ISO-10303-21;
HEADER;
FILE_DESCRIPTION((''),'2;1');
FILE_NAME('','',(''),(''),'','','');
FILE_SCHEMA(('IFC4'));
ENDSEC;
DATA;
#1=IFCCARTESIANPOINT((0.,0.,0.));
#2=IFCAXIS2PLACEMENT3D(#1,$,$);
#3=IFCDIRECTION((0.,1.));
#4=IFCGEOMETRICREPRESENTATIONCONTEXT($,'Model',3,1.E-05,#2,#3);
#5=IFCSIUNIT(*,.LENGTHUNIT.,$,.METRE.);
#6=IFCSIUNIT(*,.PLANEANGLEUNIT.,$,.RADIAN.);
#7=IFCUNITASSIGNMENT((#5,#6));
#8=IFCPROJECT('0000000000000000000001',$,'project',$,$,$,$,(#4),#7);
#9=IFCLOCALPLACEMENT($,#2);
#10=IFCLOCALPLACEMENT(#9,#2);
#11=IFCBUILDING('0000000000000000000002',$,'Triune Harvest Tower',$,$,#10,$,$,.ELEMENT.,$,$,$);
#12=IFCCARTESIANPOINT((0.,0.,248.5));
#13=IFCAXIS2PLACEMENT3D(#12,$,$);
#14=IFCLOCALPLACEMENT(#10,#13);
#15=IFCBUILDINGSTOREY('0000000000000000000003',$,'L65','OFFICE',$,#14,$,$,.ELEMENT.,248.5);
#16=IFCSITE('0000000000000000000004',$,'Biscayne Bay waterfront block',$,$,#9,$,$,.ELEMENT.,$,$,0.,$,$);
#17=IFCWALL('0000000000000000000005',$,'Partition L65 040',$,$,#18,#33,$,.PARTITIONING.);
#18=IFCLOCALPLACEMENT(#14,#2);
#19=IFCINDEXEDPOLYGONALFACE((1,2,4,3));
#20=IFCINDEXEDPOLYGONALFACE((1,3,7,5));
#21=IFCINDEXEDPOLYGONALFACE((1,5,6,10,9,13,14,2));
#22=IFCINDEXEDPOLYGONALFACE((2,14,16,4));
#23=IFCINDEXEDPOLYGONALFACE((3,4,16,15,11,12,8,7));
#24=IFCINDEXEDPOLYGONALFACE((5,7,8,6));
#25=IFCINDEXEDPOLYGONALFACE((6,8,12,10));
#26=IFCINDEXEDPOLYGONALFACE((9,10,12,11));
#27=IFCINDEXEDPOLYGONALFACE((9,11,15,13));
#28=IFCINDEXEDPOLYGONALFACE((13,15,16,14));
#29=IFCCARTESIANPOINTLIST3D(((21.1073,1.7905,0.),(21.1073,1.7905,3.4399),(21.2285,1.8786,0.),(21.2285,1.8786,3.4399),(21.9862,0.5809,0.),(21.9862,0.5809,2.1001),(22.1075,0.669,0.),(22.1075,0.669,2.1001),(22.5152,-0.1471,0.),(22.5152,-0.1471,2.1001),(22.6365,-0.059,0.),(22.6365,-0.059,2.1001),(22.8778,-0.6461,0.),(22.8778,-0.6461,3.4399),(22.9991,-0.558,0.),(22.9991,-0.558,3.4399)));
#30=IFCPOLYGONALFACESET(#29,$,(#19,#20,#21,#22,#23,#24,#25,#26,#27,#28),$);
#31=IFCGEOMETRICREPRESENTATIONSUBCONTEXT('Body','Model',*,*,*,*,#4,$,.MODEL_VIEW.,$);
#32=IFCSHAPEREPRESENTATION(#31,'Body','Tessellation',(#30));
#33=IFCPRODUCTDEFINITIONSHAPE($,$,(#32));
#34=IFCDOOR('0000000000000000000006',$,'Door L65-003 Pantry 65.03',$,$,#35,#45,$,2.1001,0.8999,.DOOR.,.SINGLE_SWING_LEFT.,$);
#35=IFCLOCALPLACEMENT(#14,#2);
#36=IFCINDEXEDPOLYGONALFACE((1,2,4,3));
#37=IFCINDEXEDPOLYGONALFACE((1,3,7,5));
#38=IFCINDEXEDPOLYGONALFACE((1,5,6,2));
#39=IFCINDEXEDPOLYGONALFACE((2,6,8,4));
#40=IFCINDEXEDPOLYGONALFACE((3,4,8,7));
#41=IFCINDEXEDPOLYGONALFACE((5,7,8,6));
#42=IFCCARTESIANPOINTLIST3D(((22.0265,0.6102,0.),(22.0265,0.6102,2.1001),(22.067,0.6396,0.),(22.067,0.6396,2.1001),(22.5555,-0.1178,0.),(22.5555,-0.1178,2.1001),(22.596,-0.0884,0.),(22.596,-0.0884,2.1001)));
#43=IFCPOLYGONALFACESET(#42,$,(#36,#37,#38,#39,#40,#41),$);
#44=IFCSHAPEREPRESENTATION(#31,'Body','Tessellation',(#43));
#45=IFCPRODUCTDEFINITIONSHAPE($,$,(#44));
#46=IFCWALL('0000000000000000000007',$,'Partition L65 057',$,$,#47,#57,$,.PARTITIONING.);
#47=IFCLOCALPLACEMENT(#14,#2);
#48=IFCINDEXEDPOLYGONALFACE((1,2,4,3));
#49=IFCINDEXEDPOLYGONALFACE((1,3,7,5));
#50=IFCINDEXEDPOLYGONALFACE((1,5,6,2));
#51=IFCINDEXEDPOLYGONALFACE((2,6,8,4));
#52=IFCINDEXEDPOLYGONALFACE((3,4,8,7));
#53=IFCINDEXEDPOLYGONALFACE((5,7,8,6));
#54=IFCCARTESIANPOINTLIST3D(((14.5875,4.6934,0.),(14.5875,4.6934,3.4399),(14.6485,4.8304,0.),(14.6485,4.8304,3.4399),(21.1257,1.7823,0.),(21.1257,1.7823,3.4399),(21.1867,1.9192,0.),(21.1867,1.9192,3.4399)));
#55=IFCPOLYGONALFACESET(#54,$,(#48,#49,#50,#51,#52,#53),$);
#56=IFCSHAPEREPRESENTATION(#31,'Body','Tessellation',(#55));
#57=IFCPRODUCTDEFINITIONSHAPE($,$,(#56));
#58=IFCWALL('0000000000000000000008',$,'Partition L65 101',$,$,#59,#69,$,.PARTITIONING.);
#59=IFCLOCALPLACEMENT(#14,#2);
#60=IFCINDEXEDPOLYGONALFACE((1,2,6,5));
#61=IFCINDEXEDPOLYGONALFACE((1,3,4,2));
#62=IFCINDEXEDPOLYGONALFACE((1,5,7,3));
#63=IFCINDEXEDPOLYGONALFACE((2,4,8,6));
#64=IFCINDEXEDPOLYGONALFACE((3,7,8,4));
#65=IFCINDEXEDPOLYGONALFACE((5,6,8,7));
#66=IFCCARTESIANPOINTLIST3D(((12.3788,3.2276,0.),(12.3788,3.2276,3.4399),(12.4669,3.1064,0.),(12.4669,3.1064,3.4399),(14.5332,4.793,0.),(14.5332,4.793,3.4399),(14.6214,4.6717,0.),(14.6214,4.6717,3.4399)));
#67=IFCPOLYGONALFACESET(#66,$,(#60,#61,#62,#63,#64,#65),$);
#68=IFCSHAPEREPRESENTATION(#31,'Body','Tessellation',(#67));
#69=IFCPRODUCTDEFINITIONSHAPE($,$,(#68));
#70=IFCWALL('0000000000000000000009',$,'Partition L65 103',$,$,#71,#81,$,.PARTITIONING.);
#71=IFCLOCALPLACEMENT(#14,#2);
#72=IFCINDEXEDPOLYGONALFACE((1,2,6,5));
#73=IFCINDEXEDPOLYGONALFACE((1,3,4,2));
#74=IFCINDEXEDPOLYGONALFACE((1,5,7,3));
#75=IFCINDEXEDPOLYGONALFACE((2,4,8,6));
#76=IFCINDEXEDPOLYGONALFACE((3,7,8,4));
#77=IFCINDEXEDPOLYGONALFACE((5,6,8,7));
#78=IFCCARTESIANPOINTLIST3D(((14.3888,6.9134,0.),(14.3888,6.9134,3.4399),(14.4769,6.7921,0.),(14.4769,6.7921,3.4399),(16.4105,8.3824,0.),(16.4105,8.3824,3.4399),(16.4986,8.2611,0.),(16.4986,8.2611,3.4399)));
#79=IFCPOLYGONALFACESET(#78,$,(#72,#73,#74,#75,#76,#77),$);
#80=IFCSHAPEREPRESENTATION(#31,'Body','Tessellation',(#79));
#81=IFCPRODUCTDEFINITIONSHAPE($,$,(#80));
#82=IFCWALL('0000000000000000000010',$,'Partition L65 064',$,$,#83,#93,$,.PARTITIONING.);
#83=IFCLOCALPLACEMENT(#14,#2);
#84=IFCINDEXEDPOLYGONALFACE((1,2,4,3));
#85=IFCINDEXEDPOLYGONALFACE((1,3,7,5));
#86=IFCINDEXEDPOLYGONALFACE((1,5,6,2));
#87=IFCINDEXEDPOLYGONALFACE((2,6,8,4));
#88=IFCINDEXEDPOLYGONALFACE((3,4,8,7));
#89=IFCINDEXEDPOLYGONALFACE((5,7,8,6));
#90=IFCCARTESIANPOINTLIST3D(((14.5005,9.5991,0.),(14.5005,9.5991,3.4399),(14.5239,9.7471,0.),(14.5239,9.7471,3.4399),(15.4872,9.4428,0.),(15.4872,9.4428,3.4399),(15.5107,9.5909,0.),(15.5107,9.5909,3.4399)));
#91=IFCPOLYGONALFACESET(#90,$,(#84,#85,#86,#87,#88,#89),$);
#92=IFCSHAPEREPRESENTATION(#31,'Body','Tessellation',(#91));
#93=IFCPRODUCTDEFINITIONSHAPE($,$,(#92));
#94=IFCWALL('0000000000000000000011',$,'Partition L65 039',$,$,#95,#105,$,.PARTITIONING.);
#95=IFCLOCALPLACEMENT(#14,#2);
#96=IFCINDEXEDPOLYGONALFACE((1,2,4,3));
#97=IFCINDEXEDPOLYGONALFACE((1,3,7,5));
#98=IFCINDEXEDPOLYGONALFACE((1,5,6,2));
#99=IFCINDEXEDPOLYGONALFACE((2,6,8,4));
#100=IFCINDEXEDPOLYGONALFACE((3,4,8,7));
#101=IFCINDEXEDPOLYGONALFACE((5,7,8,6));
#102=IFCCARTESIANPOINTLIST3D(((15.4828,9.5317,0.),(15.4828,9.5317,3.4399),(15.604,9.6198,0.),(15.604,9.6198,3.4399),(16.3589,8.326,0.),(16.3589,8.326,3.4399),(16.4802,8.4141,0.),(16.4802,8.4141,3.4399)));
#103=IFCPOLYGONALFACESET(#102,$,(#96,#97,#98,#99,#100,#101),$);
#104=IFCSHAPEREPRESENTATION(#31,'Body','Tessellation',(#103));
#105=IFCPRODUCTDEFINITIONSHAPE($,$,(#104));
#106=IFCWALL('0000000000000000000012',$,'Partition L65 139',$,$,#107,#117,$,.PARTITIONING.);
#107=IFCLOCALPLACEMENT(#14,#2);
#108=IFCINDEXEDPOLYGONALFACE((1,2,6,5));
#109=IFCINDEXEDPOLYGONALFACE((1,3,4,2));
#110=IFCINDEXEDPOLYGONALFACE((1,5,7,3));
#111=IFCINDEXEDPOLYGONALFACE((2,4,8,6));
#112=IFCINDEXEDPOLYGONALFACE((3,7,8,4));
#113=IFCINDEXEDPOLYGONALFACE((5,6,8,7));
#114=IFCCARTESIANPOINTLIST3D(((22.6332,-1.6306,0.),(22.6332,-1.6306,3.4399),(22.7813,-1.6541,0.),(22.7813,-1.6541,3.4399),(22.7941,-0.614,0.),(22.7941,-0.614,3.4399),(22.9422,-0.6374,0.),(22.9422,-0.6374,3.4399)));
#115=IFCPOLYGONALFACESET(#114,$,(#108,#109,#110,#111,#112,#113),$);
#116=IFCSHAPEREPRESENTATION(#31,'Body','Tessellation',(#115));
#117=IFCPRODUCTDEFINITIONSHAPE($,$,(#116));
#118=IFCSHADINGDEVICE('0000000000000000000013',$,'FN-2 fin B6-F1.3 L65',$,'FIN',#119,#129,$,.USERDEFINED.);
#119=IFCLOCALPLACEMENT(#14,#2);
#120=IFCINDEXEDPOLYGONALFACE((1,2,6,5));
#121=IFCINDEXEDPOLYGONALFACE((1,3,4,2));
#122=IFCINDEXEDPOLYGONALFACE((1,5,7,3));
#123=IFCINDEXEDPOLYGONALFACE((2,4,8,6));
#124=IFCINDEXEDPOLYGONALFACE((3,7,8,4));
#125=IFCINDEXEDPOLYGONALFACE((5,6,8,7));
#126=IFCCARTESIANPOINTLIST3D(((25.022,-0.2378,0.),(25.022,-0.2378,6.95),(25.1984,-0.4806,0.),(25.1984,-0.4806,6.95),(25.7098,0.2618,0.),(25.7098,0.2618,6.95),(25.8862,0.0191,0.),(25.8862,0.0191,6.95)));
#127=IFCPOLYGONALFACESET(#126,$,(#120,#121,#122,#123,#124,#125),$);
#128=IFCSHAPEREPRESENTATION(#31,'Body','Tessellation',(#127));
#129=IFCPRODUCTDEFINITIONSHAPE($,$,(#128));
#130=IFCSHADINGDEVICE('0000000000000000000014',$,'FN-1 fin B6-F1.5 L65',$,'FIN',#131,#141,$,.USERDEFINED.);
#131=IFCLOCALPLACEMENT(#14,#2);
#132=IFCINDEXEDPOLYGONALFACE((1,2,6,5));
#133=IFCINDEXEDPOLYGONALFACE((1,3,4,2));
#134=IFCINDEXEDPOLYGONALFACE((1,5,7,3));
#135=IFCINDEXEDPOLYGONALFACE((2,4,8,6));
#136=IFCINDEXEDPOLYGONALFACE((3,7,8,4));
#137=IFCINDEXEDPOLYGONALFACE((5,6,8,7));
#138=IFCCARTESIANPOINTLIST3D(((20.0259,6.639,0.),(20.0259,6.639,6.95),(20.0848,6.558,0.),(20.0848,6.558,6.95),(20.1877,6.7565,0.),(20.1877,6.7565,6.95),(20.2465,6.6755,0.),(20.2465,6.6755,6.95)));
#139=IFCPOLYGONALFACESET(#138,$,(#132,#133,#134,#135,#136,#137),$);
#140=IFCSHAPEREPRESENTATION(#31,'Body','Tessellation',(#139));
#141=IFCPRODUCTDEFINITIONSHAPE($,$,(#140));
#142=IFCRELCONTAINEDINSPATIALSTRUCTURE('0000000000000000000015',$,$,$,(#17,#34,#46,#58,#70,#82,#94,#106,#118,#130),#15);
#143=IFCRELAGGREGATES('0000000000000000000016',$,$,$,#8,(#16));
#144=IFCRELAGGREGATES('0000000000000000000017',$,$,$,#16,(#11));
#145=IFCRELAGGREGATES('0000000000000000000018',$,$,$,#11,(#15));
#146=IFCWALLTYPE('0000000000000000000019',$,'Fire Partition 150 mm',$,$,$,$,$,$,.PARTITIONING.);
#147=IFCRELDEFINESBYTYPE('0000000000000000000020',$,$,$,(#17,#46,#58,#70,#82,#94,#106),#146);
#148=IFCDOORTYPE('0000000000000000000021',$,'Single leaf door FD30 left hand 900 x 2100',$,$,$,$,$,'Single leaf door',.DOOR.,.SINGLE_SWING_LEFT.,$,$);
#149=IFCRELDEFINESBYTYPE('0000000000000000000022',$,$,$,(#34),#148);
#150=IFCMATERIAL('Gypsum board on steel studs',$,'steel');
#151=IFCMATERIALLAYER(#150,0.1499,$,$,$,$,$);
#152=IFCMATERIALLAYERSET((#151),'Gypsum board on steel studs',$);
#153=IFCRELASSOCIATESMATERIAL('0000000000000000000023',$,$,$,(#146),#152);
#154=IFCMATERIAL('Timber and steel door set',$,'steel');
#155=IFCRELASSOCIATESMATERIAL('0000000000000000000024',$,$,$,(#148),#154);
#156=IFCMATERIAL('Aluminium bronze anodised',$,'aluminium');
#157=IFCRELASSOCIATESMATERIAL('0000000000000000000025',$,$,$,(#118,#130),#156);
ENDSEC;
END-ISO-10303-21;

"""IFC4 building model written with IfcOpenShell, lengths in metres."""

from ifc_helpers import new_model, si_unit, direction, frame, frame_2d, origin, origin_2d, place, context, subcontext, project, spatial, rectangle, extrude, source, transform, mapped, material, layer, layer_set, type_object, element, fill, save


model = new_model("IFC4")

# Units and contexts
model_context = context("Model", 3, precision=1e-05, world=origin(), true_north=direction((0.0, 1.0)))
body_context = subcontext(model_context, "Body", "Model", "MODEL_VIEW")
ifc_project = project(units=[si_unit("LENGTHUNIT", "METRE"), si_unit("PLANEANGLEUNIT", "RADIAN")], contexts=[model_context])

# Site, building, storey
site_placement = place(None, origin())
site = spatial("IfcSite", under=ifc_project, at=site_placement, Name="Biscayne Bay waterfront block", CompositionType="ELEMENT", RefElevation=0.0)
building_placement = place(site_placement, origin())
building = spatial("IfcBuilding", under=site, at=building_placement, Name="Triune Harvest Tower", CompositionType="ELEMENT")
storey_placement = place(building_placement, frame((0.0, 0.0, 248.5)))
storey = spatial("IfcBuildingStorey", under=building, at=storey_placement, Name="L65", Description="OFFICE", CompositionType="ELEMENT", Elevation=248.5)

# Shared definitions
ifc_material_1 = material(Name="Gypsum board on steel studs", Category="steel")
ifc_layer_1 = layer(ifc_material_1, 0.1499)
ifc_layer_set_1 = layer_set([ifc_layer_1], Name="Gypsum board on steel studs")
wall_type = type_object("IfcWallType", Name="Fire Partition 150 mm", PredefinedType="PARTITIONING", material=ifc_layer_set_1)

# Wall, opening, door
wall_1_placement = place(storey_placement, frame((21.168, 1.8345, 0.0), z_axis=(0.0, 0.0, 1.0), x_axis=(0.587844, -0.808974, 0.0)))
wall_1 = element("IfcWall", 1, at=wall_1_placement, inside=storey, type_object=wall_type, Name="Partition L65 040", PredefinedType="PARTITIONING", context=body_context, shape_type="SweptSolid", body=[
    extrude(rectangle(XDim=3.012, YDim=0.1499, at=frame_2d((1.5059, 0.0))), origin(), (0.0, 0.0, 1.0), 3.4399),
])
opening_placement = place(wall_1_placement, frame((1.4951, 0.0, 0.0)))
opening = element("IfcOpeningElement", 2, at=opening_placement, cuts=wall_1, PredefinedType="OPENING", context=body_context, shape_type="SweptSolid", body=[
    extrude(rectangle(XDim=0.8999, YDim=2.1001, at=frame_2d((0.45, 1.05))), frame((0.0, 0.085, 0.0), z_axis=(0.0, -1.0, 0.0), x_axis=(1.0, 0.0, 0.0)), (0.0, 0.0, 1.0), 0.1699),
])
ifc_material_2 = material(Name="Timber and steel door set", Category="steel")
door_type = type_object("IfcDoorType", Name="Single leaf door FD30 left hand 900 x 2100", ElementType="Single leaf door", OperationType="SINGLE_SWING_LEFT", PredefinedType="DOOR", material=ifc_material_2)
door_placement = place(opening_placement, origin())
door = element("IfcDoor", 3, at=door_placement, inside=storey, type_object=door_type, Name="Door L65-003 Pantry 65.03", OperationType="SINGLE_SWING_LEFT", OverallHeight=2.1001, OverallWidth=0.8999, PredefinedType="DOOR", context=body_context, shape_type="SweptSolid", body=[
    extrude(rectangle(XDim=0.8999, YDim=2.1001, at=frame_2d((0.45, 1.05))), frame((0.0, 0.0249, 0.0), z_axis=(0.0, -1.0, 0.0), x_axis=(1.0, 0.0, 0.0)), (0.0, 0.0, 1.0), 0.05),
])
fill(opening, door)

# Walls
wall_2_placement = place(storey_placement, frame((14.6179, 4.762, 0.0), z_axis=(0.0, 0.0, 1.0), x_axis=(0.913536, -0.406759, 0.0)))
element("IfcWall", 4, at=wall_2_placement, inside=storey, type_object=wall_type, Name="Partition L65 057", PredefinedType="PARTITIONING", context=body_context, shape_type="SweptSolid", body=[
    extrude(rectangle(XDim=7.157, YDim=0.1499, at=frame_2d((3.5786, 0.0))), origin(), (0.0, 0.0, 1.0), 3.4399),
])
wall_3_placement = place(storey_placement, frame((12.4229, 3.167, 0.0), z_axis=(0.0, 0.0, 1.0), x_axis=(0.809006, 0.587801, 0.0)))
element("IfcWall", 5, at=wall_3_placement, inside=storey, type_object=wall_type, Name="Partition L65 101", PredefinedType="PARTITIONING", context=body_context, shape_type="SweptSolid", body=[
    extrude(rectangle(XDim=2.6631, YDim=0.1499, at=frame_2d((1.3315, 0.0))), origin(), (0.0, 0.0, 1.0), 3.4399),
])
wall_4_placement = place(storey_placement, frame((14.4329, 6.8528, 0.0), z_axis=(0.0, 0.0, 1.0), x_axis=(0.808994, 0.587817, 0.0)))
element("IfcWall", 6, at=wall_4_placement, inside=storey, type_object=wall_type, Name="Partition L65 103", PredefinedType="PARTITIONING", context=body_context, shape_type="SweptSolid", body=[
    extrude(rectangle(XDim=2.499, YDim=0.1499, at=frame_2d((1.2495, 0.0))), origin(), (0.0, 0.0, 1.0), 3.4399),
])
shared_shape_1 = source(origin(), body_context, "Body", "SweptSolid", [
    extrude(rectangle(XDim=0.999, YDim=0.1499, at=frame_2d((0.4995, 0.0))), origin(), (0.0, 0.0, 1.0), 3.4399),
])
wall_5_placement = place(storey_placement, frame((14.5122, 9.6731, 0.0), z_axis=(0.0, 0.0, 1.0), x_axis=(0.987696, -0.156389, 0.0)))
element("IfcWall", 7, at=wall_5_placement, inside=storey, type_object=wall_type, Name="Partition L65 064", PredefinedType="PARTITIONING", context=body_context, shape_type="MappedRepresentation", body=[
    mapped(shared_shape_1, transform((0.0, 0.0, 0.0), scale=1.0)),
])
shared_shape_2 = source(origin(), body_context, "Body", "SweptSolid", [
    extrude(rectangle(XDim=1.4905, YDim=0.1499, at=frame_2d((0.7451, 0.0))), origin(), (0.0, 0.0, 1.0), 3.4399),
])
wall_6_placement = place(storey_placement, frame((15.5435, 9.5757, 0.0), z_axis=(0.0, 0.0, 1.0), x_axis=(0.58785, -0.80897, 0.0)))
element("IfcWall", 8, at=wall_6_placement, inside=storey, type_object=wall_type, Name="Partition L65 039", PredefinedType="PARTITIONING", context=body_context, shape_type="MappedRepresentation", body=[
    mapped(shared_shape_2, transform((0.0, 0.0, 0.0), scale=1.0)),
])
shared_shape_3 = source(origin(), body_context, "Body", "SweptSolid", [
    extrude(rectangle(XDim=1.0293, YDim=0.1499, at=frame_2d((0.5146, 0.0))), origin(), (0.0, 0.0, 1.0), 3.4399),
])
wall_7_placement = place(storey_placement, frame((22.7073, -1.6423, 0.0), z_axis=(0.0, 0.0, 1.0), x_axis=(0.156316, 0.987707, 0.0)))
element("IfcWall", 9, at=wall_7_placement, inside=storey, type_object=wall_type, Name="Partition L65 139", PredefinedType="PARTITIONING", context=body_context, shape_type="MappedRepresentation", body=[
    mapped(shared_shape_3, transform((0.0, 0.0, 0.0), scale=1.0)),
])

# Shading devices
ifc_material_3 = material(Name="Aluminium bronze anodised", Category="aluminium")
shared_shape_4 = source(origin(), body_context, "Body", "SweptSolid", [
    extrude(rectangle(XDim=0.3, YDim=0.8501, at=origin_2d()), origin(), (0.0, 0.0, 1.0), 6.95),
])
shading_device_1_placement = place(storey_placement, frame((25.4541, -0.1094, 0.0), z_axis=(0.0, 0.0, 1.0), x_axis=(-0.587786, 0.809017, 0.0)))
element("IfcShadingDevice", 10, at=shading_device_1_placement, inside=storey, material=ifc_material_3, Name="FN-2 fin B6-F1.3 L65", ObjectType="FIN", PredefinedType="USERDEFINED", context=body_context, shape_type="MappedRepresentation", body=[
    mapped(shared_shape_4, transform((0.0, 0.0, 0.0), scale=1.0)),
])
shared_shape_5 = source(origin(), body_context, "Body", "SweptSolid", [
    extrude(rectangle(XDim=0.1001, YDim=0.2, at=origin_2d()), origin(), (0.0, 0.0, 1.0), 6.95),
])
shading_device_2_placement = place(storey_placement, frame((20.1362, 6.6572, 0.0), z_axis=(0.0, 0.0, 1.0), x_axis=(-0.587786, 0.809017, 0.0)))
element("IfcShadingDevice", 11, at=shading_device_2_placement, inside=storey, material=ifc_material_3, Name="FN-1 fin B6-F1.5 L65", ObjectType="FIN", PredefinedType="USERDEFINED", context=body_context, shape_type="MappedRepresentation", body=[
    mapped(shared_shape_5, transform((0.0, 0.0, 0.0), scale=1.0)),
])

save(model, "model.ifc")
